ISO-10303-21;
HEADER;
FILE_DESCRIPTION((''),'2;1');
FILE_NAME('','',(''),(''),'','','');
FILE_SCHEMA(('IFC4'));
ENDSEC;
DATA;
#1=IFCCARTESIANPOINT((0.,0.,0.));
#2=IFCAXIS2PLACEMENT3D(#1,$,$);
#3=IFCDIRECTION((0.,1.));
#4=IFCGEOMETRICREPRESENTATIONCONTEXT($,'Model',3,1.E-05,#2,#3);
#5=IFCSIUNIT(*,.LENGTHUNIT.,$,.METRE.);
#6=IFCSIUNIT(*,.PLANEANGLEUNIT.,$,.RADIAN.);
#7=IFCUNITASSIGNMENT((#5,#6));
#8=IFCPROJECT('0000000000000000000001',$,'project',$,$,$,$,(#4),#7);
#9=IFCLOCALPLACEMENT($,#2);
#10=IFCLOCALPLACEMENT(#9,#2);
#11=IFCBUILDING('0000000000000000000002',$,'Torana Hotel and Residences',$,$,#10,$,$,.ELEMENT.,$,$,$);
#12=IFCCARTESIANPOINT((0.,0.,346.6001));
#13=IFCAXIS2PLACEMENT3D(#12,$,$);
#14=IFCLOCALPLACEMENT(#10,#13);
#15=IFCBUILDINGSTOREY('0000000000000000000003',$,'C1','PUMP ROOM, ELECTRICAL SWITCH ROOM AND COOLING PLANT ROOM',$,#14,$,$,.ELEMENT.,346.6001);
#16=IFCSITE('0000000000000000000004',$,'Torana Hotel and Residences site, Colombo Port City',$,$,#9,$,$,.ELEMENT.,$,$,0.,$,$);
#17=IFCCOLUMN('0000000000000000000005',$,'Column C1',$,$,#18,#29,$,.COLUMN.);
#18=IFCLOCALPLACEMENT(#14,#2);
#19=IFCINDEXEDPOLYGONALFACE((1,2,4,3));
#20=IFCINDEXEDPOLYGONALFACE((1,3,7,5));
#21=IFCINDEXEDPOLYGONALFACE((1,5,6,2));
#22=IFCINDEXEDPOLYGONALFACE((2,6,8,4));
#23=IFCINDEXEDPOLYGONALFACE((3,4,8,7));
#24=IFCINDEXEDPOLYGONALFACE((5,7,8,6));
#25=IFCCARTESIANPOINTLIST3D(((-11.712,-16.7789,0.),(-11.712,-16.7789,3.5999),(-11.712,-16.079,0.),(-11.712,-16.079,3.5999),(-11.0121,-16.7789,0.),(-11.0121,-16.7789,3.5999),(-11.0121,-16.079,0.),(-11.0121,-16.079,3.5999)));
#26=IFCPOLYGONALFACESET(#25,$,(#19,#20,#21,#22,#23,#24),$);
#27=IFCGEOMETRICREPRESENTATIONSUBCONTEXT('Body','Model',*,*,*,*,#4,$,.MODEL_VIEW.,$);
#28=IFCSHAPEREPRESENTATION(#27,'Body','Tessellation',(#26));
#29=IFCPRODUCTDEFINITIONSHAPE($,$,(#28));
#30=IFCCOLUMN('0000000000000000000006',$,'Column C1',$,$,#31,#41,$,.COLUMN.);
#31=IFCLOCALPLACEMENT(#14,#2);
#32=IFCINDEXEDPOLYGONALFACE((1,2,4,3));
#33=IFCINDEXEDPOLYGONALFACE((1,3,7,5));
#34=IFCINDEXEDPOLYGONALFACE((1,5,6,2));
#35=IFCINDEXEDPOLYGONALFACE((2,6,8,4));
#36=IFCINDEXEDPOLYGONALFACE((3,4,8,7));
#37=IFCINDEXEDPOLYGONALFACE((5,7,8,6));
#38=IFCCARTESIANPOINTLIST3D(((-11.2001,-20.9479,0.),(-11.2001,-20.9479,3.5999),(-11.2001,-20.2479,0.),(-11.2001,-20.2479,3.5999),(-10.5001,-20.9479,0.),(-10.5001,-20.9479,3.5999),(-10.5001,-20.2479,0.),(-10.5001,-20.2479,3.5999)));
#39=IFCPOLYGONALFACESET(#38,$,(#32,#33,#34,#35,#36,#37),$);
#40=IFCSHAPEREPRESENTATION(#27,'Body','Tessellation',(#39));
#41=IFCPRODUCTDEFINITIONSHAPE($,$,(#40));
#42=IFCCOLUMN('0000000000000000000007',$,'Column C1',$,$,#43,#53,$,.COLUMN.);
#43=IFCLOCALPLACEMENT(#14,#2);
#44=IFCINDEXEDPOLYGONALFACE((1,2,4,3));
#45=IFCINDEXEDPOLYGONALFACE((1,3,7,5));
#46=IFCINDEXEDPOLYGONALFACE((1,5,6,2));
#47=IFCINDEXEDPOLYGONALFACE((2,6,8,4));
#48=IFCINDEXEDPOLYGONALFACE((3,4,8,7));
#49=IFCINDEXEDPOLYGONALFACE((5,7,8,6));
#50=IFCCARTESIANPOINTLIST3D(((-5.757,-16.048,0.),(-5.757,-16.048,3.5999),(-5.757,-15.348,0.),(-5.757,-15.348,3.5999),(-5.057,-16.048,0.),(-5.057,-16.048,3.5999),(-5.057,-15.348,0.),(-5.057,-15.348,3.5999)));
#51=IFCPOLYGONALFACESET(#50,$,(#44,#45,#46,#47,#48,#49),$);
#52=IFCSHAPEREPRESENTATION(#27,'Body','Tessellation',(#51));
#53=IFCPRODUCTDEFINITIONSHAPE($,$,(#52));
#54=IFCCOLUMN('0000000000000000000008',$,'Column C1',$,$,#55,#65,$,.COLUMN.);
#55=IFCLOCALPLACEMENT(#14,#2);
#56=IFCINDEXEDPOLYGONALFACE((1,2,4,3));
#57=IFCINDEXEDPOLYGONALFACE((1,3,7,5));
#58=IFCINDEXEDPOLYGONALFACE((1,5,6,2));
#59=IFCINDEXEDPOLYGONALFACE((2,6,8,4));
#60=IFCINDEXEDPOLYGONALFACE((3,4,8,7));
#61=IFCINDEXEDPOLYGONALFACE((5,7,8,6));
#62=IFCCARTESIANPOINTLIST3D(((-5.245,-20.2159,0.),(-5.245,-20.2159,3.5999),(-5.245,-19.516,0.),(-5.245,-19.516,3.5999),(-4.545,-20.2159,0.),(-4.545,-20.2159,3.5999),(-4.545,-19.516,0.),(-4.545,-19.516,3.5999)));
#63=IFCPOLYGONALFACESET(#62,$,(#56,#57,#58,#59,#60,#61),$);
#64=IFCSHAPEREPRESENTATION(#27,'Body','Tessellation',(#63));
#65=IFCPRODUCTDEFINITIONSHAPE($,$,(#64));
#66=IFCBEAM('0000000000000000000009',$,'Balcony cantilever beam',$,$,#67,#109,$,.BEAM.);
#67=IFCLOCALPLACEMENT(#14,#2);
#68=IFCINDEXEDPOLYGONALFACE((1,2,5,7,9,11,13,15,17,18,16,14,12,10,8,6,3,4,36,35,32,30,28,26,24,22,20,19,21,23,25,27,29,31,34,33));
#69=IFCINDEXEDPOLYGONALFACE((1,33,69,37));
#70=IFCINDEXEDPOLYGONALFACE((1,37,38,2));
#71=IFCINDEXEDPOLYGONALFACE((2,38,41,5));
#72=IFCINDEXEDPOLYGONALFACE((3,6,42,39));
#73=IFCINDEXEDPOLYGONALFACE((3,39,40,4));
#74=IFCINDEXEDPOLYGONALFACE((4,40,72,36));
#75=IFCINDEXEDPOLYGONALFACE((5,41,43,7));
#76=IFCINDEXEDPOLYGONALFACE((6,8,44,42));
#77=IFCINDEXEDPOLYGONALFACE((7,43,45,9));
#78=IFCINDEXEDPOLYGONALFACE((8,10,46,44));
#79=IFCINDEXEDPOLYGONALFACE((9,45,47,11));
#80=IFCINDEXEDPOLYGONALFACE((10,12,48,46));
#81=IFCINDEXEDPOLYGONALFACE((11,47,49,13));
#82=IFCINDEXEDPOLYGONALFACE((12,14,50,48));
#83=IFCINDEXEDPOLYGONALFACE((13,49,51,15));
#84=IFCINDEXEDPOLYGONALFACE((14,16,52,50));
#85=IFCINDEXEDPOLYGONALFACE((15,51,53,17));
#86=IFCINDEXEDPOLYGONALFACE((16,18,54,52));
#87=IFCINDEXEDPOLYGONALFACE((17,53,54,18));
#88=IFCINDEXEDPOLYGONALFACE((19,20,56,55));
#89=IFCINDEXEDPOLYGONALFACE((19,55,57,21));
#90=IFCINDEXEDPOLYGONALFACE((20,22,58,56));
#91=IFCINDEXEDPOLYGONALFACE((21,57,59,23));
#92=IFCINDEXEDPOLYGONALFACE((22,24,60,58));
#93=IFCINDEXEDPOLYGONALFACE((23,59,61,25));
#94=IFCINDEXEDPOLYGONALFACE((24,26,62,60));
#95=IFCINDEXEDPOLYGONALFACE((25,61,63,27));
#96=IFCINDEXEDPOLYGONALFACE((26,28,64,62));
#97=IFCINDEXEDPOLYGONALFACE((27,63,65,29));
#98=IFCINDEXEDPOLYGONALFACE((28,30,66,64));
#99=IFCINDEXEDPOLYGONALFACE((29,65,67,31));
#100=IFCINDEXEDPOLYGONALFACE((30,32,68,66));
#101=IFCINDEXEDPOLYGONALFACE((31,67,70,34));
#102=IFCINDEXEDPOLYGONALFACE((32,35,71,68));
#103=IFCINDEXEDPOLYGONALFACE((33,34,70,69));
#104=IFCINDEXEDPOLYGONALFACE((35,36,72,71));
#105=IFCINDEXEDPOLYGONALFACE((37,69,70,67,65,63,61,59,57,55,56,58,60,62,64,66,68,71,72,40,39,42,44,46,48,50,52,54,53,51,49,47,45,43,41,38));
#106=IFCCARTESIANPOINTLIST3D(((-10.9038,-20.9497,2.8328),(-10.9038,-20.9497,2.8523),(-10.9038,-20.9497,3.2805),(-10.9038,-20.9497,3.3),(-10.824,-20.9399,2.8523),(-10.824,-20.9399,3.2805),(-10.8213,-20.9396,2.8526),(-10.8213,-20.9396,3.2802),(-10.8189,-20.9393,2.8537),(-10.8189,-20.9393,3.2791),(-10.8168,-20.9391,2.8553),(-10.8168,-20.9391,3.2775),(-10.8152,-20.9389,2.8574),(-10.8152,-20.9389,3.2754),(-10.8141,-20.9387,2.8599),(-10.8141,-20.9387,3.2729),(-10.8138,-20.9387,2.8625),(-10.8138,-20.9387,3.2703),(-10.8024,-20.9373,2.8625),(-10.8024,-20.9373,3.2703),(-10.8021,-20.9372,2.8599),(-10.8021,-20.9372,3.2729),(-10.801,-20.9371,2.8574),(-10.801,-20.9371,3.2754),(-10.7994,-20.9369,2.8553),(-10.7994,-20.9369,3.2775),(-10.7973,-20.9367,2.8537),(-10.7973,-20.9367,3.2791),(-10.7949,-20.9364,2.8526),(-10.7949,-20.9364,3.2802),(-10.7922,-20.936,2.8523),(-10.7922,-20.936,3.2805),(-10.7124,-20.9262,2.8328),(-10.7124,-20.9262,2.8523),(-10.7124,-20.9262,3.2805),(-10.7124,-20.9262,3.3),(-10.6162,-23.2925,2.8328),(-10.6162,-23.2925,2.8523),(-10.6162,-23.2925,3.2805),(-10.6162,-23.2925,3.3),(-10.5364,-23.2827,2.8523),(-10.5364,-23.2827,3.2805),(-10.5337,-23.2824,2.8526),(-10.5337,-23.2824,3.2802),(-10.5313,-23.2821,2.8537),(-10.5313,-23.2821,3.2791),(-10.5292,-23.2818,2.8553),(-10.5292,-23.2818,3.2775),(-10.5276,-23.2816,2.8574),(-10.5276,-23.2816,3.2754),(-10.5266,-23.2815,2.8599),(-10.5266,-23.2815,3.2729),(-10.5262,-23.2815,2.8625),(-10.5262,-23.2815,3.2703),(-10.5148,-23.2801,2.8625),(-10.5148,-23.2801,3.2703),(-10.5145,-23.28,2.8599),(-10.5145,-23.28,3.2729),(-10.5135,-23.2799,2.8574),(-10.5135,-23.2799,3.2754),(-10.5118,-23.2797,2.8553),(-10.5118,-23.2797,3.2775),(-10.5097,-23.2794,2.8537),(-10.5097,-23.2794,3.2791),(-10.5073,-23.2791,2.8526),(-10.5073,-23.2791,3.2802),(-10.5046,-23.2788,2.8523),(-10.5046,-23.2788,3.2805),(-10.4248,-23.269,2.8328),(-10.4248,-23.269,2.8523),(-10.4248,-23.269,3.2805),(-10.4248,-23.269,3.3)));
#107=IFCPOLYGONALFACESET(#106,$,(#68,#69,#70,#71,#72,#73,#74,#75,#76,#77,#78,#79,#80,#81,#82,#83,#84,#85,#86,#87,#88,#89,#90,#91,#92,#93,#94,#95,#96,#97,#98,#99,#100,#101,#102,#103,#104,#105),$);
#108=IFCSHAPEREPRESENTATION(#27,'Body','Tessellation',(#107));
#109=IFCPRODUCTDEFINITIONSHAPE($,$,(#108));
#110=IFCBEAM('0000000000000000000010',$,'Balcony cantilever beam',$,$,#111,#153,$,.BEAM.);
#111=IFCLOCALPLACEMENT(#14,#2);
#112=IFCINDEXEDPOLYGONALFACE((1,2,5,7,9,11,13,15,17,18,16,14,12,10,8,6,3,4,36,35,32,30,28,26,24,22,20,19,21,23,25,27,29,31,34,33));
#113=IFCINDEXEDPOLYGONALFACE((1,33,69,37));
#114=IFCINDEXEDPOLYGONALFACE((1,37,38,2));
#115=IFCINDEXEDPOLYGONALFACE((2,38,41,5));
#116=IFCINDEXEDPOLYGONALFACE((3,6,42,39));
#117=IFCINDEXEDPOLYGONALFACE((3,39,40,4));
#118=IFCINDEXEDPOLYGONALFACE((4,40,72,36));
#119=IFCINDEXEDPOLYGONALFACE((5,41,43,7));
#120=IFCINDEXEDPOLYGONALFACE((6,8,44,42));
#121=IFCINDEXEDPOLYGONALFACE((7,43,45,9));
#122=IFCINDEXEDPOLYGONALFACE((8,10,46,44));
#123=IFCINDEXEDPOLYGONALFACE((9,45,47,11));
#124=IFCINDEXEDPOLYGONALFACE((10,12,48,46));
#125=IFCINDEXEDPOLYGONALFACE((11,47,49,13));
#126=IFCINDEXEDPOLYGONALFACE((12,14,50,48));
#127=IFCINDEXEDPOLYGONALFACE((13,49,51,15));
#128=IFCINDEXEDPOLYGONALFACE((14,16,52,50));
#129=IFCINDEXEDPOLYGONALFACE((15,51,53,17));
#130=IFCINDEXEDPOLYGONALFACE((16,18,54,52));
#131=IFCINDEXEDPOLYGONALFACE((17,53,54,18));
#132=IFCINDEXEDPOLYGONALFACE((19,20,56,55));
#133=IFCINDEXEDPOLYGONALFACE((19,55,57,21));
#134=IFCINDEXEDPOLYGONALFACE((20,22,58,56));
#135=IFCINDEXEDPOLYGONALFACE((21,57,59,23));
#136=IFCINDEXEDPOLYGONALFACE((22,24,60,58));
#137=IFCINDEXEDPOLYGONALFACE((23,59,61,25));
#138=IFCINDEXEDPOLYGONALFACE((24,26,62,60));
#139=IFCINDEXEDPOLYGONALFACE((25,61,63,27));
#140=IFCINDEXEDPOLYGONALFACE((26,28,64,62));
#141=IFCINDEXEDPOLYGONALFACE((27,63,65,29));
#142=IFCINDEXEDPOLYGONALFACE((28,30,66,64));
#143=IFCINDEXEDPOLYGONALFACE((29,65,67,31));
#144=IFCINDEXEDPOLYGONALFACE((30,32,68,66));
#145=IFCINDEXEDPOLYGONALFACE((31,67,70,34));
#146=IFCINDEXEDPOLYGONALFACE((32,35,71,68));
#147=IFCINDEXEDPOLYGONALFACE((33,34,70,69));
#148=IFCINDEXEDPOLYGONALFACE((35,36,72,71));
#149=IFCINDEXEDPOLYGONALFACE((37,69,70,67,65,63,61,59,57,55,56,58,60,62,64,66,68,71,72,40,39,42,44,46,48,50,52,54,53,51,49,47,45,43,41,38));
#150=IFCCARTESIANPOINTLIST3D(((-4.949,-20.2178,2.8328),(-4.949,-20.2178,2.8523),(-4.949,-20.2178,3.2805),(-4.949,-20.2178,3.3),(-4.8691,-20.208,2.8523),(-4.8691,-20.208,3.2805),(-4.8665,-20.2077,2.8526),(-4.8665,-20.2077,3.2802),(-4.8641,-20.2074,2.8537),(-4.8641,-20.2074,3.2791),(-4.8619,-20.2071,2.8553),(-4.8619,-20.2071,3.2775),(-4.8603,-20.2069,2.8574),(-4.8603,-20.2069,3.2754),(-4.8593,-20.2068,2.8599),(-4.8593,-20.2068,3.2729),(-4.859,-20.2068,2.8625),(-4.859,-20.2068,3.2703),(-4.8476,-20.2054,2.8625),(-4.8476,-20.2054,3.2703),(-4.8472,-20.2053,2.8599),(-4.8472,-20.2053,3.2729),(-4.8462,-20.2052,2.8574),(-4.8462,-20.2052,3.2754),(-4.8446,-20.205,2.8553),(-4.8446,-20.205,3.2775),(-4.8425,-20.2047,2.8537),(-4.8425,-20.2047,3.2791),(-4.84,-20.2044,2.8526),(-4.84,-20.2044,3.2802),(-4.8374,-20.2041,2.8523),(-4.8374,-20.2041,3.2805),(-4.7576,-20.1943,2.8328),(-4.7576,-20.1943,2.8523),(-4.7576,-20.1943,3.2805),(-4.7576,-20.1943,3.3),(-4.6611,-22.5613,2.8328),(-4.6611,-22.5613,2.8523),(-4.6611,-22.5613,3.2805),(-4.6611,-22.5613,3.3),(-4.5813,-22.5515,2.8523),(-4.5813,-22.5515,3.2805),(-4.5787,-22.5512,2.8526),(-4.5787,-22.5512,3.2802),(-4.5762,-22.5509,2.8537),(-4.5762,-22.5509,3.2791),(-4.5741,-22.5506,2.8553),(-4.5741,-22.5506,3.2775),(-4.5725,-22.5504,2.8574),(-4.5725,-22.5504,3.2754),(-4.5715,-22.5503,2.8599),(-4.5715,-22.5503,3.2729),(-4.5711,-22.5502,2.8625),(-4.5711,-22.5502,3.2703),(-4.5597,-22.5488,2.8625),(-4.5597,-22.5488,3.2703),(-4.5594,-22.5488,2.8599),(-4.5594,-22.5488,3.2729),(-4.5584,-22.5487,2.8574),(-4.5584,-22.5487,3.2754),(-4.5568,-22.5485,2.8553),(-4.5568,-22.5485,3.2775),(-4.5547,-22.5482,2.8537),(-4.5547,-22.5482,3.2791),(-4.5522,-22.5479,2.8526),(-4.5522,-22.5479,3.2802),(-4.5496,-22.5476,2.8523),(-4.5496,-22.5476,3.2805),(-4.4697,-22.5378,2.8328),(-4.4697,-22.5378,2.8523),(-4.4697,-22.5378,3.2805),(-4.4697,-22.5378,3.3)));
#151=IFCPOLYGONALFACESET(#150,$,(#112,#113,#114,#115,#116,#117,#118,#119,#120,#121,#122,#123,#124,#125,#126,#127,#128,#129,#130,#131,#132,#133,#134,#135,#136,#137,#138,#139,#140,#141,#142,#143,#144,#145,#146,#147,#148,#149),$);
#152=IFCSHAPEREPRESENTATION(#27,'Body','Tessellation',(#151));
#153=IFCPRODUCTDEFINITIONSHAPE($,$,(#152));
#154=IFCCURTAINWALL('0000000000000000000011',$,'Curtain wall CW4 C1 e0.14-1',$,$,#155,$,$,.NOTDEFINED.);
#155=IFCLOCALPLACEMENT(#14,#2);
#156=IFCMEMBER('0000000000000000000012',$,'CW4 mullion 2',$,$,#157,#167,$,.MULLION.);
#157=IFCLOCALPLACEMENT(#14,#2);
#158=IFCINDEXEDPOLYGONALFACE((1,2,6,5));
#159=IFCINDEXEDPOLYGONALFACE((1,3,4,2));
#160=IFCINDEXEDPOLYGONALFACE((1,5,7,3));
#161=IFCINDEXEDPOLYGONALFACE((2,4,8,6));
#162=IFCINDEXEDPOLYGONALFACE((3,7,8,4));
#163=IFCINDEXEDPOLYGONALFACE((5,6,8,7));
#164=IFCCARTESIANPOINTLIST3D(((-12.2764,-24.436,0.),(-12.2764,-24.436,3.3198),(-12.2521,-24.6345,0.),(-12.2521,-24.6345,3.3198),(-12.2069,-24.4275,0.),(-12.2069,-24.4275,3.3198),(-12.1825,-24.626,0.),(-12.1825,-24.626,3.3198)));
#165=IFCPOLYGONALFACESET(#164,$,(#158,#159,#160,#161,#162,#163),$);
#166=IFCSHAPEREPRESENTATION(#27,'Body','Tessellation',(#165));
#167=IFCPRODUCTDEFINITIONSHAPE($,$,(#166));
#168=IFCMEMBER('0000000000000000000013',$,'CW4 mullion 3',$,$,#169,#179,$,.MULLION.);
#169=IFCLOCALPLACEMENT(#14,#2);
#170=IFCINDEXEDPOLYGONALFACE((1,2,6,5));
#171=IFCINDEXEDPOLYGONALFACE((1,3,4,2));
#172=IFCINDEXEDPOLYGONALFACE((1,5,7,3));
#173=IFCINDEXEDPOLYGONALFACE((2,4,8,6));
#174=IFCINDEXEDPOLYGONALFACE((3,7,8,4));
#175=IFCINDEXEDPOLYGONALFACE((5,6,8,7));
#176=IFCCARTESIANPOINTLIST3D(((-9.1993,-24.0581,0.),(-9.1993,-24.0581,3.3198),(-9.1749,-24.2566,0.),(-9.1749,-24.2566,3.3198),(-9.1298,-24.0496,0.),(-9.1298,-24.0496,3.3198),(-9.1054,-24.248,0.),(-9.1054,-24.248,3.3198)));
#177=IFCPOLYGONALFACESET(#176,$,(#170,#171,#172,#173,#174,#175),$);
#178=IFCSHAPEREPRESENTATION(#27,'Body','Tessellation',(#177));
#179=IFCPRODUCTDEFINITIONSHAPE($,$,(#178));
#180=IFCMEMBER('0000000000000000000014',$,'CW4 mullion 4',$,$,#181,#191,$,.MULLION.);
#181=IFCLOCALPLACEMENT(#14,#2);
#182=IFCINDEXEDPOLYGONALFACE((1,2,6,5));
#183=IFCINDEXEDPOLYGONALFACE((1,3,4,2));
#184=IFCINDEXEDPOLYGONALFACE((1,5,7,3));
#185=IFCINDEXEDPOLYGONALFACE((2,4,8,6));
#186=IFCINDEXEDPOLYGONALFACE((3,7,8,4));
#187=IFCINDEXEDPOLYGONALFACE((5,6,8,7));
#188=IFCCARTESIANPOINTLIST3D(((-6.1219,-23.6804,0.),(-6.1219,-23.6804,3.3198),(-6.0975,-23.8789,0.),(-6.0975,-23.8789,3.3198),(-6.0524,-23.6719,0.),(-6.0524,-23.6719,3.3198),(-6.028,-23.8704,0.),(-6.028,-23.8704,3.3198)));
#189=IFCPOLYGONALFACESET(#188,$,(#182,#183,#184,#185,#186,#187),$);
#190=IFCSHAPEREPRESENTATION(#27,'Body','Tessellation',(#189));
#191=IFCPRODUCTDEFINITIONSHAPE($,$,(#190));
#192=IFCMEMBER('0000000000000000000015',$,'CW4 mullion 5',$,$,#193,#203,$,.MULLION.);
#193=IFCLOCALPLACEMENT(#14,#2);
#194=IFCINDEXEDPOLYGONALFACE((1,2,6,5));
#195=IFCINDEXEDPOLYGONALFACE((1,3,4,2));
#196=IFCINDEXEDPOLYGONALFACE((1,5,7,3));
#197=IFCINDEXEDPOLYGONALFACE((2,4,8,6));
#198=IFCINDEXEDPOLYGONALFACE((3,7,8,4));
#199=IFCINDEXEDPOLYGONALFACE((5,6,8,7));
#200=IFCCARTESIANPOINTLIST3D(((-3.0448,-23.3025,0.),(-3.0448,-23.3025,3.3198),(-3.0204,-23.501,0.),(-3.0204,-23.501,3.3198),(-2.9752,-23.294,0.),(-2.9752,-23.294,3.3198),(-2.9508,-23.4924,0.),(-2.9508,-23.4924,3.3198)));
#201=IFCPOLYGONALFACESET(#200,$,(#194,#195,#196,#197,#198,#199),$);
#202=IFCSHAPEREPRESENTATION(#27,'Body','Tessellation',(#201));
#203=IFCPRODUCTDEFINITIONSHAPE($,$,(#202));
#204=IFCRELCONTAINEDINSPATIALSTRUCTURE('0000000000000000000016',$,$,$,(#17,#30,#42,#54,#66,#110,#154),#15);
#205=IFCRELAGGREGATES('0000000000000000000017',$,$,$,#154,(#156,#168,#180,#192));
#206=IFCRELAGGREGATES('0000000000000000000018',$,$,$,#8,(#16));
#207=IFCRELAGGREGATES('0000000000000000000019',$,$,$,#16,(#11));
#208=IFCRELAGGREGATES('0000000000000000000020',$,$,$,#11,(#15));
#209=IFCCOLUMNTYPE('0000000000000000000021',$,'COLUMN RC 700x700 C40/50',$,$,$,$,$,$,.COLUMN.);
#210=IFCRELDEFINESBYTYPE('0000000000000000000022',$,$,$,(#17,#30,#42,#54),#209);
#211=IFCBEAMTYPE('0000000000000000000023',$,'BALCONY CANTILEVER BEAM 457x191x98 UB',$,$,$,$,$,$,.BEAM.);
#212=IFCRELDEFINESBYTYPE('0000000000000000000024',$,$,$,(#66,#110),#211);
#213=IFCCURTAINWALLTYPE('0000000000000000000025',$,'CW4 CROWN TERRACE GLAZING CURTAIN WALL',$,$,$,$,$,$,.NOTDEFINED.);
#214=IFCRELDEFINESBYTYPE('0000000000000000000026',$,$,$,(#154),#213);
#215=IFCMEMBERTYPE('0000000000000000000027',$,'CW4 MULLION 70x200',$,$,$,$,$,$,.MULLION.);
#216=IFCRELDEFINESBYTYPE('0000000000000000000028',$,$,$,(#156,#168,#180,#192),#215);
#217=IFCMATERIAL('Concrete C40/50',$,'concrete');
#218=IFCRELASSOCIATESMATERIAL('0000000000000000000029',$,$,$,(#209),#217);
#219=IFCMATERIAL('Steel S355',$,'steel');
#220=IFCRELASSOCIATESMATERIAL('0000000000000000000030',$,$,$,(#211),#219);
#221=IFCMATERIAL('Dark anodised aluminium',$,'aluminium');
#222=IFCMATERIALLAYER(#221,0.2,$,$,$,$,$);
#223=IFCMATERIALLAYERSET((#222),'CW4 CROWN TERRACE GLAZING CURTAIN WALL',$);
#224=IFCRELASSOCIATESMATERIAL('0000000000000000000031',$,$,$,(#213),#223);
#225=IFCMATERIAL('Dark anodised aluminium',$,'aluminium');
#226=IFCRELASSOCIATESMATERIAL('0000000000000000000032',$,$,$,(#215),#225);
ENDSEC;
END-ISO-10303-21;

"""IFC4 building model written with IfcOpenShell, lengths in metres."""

from ifc_helpers import new_model, si_unit, direction, frame, origin, origin_2d, place, context, subcontext, project, spatial, rectangle, i_section, extrude, material, layer, layer_set, material_profile, profile_set, type_object, element, aggregate, save


model = new_model("IFC4")

# Units and contexts
model_context = context("Model", 3, precision=1e-05, world=origin(), true_north=direction((0.0, 1.0)))
body_context = subcontext(model_context, "Body", "Model", "MODEL_VIEW")
ifc_project = project(units=[si_unit("LENGTHUNIT", "METRE"), si_unit("PLANEANGLEUNIT", "RADIAN")], contexts=[model_context])

# Site, building, storey
site_placement = place(None, origin())
site = spatial("IfcSite", under=ifc_project, at=site_placement, Name="Torana Hotel and Residences site, Colombo Port City", CompositionType="ELEMENT", RefElevation=0.0)
building_placement = place(site_placement, origin())
building = spatial("IfcBuilding", under=site, at=building_placement, Name="Torana Hotel and Residences", CompositionType="ELEMENT")
storey_placement = place(building_placement, frame((0.0, 0.0, 346.6001)))
storey = spatial("IfcBuildingStorey", under=building, at=storey_placement, Name="C1", Description="PUMP ROOM, ELECTRICAL SWITCH ROOM AND COOLING PLANT ROOM", CompositionType="ELEMENT", Elevation=346.6001)

# Columns
ifc_material_1 = material(Name="Concrete C40/50", Category="concrete")
ifc_material_profile_1 = material_profile(ifc_material_1, rectangle(XDim=0.7, YDim=0.7, at=origin_2d()), Name="RC 700x700")
ifc_profile_set_1 = profile_set([ifc_material_profile_1], Name="Concrete C40/50")
column_type = type_object("IfcColumnType", Name="COLUMN RC 700x700 C40/50", PredefinedType="COLUMN", material=ifc_profile_set_1)
for number, where, z_axis, x_axis, name in (
    (1, (-11.3621, -16.429, 0.0), (0.0, 0.0, 1.0), (1.0, 0.0, 0.0), "Column C1"),
    (2, (-10.8501, -20.5979, 0.0), (0.0, 0.0, 1.0), (1.0, 0.0, 0.0), "Column C1"),
    (3, (-5.407, -15.698, 0.0), (0.0, 0.0, 1.0), (1.0, 0.0, 0.0), "Column C1"),
    (4, (-4.895, -19.866, 0.0), (0.0, 0.0, 1.0), (1.0, 0.0, 0.0), "Column C1"),
):
    element("IfcColumn", number, at=place(storey_placement, frame(where, z_axis=z_axis, x_axis=x_axis)), inside=storey, type_object=column_type, Name=name, PredefinedType="COLUMN", context=body_context, shape_type="SweptSolid", body=[
        extrude(rectangle(XDim=0.7, YDim=0.7, at=origin_2d()), origin(), (0.0, 0.0, 1.0), 3.5999),
    ])

# Beams
ifc_material_2 = material(Name="Steel S355", Category="steel")
ifc_material_profile_2 = material_profile(ifc_material_2, i_section(OverallWidth=0.1929, OverallDepth=0.4673, WebThickness=0.0115, FlangeThickness=0.0195, FilletRadius=0.0103, at=origin_2d()), Name="457x191x98 UB")
ifc_profile_set_2 = profile_set([ifc_material_profile_2], Name="Steel S355")
beam_type = type_object("IfcBeamType", Name="BALCONY CANTILEVER BEAM 457x191x98 UB", PredefinedType="BEAM", material=ifc_profile_set_2)
beam_1_placement = place(storey_placement, frame((-10.8081, -20.938, 3.0664), z_axis=(0.121845, -0.992549, 0.0), x_axis=(0.992549, 0.121845, 0.0)))
element("IfcBeam", 5, at=beam_1_placement, inside=storey, type_object=beam_type, Name="Balcony cantilever beam", PredefinedType="BEAM", context=body_context, shape_type="SweptSolid", body=[
    extrude(i_section(OverallWidth=0.1929, OverallDepth=0.4673, WebThickness=0.0115, FlangeThickness=0.0195, FilletRadius=0.0103, at=origin_2d()), origin(), (0.0, 0.0, 1.0), 2.3604),
])
beam_2_placement = place(storey_placement, frame((-4.8533, -20.2061, 3.0664), z_axis=(0.121909, -0.992541, 0.0), x_axis=(0.992541, 0.121909, 0.0)))
element("IfcBeam", 6, at=beam_2_placement, inside=storey, type_object=beam_type, Name="Balcony cantilever beam", PredefinedType="BEAM", context=body_context, shape_type="SweptSolid", body=[
    extrude(i_section(OverallWidth=0.1929, OverallDepth=0.4673, WebThickness=0.0115, FlangeThickness=0.0195, FilletRadius=0.0103, at=origin_2d()), origin(), (0.0, 0.0, 1.0), 2.3611),
])

# Curtain wall, members
ifc_material_3 = material(Name="Dark anodised aluminium", Category="aluminium")
ifc_layer_1 = layer(ifc_material_3, 0.2)
ifc_layer_set_1 = layer_set([ifc_layer_1], Name="CW4 CROWN TERRACE GLAZING CURTAIN WALL")
curtain_wall_type = type_object("IfcCurtainWallType", Name="CW4 CROWN TERRACE GLAZING CURTAIN WALL", PredefinedType="NOTDEFINED", material=ifc_layer_set_1)
curtain_wall_placement = place(storey_placement, origin())
curtain_wall = element("IfcCurtainWall", 7, at=curtain_wall_placement, inside=storey, type_object=curtain_wall_type, Name="Curtain wall CW4 C1 e0.14-1", PredefinedType="NOTDEFINED")
ifc_material_4 = material(Name="Dark anodised aluminium", Category="aluminium")
ifc_material_profile_3 = material_profile(ifc_material_4, rectangle(XDim=0.2, YDim=0.0701, at=origin_2d()), Name="CW4 MULLION 70x200")
ifc_profile_set_3 = profile_set([ifc_material_profile_3], Name="Dark anodised aluminium")
member_type_1 = type_object("IfcMemberType", Name="CW4 MULLION 70x200", PredefinedType="MULLION", material=ifc_profile_set_3)
member_1_placement = place(storey_placement, frame((-12.2295, -24.531, 0.0), z_axis=(0.0, 0.0, 1.0), x_axis=(-0.121858, 0.992548, 0.0)))
member_1 = element("IfcMember", 8, at=member_1_placement, type_object=member_type_1, Name="CW4 mullion 2", PredefinedType="MULLION", context=body_context, shape_type="SweptSolid", body=[
    extrude(rectangle(XDim=0.2, YDim=0.0701, at=origin_2d()), origin(), (0.0, 0.0, 1.0), 3.3198),
])
member_2_placement = place(storey_placement, frame((-9.1523, -24.1531, 0.0), z_axis=(0.0, 0.0, 1.0), x_axis=(-0.121858, 0.992548, 0.0)))
member_2 = element("IfcMember", 9, at=member_2_placement, type_object=member_type_1, Name="CW4 mullion 3", PredefinedType="MULLION", context=body_context, shape_type="SweptSolid", body=[
    extrude(rectangle(XDim=0.2, YDim=0.0701, at=origin_2d()), origin(), (0.0, 0.0, 1.0), 3.3198),
])
member_3_placement = place(storey_placement, frame((-6.075, -23.7754, 0.0), z_axis=(0.0, 0.0, 1.0), x_axis=(-0.121858, 0.992548, 0.0)))
member_3 = element("IfcMember", 10, at=member_3_placement, type_object=member_type_1, Name="CW4 mullion 4", PredefinedType="MULLION", context=body_context, shape_type="SweptSolid", body=[
    extrude(rectangle(XDim=0.2, YDim=0.0701, at=origin_2d()), origin(), (0.0, 0.0, 1.0), 3.3198),
])
member_4_placement = place(storey_placement, frame((-2.9978, -23.3975, 0.0), z_axis=(0.0, 0.0, 1.0), x_axis=(-0.121858, 0.992548, 0.0)))
member_4 = element("IfcMember", 11, at=member_4_placement, type_object=member_type_1, Name="CW4 mullion 5", PredefinedType="MULLION", context=body_context, shape_type="SweptSolid", body=[
    extrude(rectangle(XDim=0.2, YDim=0.0701, at=origin_2d()), origin(), (0.0, 0.0, 1.0), 3.3198),
])
aggregate(curtain_wall, [member_1, member_2, member_3, member_4])

save(model, "model.ifc")
